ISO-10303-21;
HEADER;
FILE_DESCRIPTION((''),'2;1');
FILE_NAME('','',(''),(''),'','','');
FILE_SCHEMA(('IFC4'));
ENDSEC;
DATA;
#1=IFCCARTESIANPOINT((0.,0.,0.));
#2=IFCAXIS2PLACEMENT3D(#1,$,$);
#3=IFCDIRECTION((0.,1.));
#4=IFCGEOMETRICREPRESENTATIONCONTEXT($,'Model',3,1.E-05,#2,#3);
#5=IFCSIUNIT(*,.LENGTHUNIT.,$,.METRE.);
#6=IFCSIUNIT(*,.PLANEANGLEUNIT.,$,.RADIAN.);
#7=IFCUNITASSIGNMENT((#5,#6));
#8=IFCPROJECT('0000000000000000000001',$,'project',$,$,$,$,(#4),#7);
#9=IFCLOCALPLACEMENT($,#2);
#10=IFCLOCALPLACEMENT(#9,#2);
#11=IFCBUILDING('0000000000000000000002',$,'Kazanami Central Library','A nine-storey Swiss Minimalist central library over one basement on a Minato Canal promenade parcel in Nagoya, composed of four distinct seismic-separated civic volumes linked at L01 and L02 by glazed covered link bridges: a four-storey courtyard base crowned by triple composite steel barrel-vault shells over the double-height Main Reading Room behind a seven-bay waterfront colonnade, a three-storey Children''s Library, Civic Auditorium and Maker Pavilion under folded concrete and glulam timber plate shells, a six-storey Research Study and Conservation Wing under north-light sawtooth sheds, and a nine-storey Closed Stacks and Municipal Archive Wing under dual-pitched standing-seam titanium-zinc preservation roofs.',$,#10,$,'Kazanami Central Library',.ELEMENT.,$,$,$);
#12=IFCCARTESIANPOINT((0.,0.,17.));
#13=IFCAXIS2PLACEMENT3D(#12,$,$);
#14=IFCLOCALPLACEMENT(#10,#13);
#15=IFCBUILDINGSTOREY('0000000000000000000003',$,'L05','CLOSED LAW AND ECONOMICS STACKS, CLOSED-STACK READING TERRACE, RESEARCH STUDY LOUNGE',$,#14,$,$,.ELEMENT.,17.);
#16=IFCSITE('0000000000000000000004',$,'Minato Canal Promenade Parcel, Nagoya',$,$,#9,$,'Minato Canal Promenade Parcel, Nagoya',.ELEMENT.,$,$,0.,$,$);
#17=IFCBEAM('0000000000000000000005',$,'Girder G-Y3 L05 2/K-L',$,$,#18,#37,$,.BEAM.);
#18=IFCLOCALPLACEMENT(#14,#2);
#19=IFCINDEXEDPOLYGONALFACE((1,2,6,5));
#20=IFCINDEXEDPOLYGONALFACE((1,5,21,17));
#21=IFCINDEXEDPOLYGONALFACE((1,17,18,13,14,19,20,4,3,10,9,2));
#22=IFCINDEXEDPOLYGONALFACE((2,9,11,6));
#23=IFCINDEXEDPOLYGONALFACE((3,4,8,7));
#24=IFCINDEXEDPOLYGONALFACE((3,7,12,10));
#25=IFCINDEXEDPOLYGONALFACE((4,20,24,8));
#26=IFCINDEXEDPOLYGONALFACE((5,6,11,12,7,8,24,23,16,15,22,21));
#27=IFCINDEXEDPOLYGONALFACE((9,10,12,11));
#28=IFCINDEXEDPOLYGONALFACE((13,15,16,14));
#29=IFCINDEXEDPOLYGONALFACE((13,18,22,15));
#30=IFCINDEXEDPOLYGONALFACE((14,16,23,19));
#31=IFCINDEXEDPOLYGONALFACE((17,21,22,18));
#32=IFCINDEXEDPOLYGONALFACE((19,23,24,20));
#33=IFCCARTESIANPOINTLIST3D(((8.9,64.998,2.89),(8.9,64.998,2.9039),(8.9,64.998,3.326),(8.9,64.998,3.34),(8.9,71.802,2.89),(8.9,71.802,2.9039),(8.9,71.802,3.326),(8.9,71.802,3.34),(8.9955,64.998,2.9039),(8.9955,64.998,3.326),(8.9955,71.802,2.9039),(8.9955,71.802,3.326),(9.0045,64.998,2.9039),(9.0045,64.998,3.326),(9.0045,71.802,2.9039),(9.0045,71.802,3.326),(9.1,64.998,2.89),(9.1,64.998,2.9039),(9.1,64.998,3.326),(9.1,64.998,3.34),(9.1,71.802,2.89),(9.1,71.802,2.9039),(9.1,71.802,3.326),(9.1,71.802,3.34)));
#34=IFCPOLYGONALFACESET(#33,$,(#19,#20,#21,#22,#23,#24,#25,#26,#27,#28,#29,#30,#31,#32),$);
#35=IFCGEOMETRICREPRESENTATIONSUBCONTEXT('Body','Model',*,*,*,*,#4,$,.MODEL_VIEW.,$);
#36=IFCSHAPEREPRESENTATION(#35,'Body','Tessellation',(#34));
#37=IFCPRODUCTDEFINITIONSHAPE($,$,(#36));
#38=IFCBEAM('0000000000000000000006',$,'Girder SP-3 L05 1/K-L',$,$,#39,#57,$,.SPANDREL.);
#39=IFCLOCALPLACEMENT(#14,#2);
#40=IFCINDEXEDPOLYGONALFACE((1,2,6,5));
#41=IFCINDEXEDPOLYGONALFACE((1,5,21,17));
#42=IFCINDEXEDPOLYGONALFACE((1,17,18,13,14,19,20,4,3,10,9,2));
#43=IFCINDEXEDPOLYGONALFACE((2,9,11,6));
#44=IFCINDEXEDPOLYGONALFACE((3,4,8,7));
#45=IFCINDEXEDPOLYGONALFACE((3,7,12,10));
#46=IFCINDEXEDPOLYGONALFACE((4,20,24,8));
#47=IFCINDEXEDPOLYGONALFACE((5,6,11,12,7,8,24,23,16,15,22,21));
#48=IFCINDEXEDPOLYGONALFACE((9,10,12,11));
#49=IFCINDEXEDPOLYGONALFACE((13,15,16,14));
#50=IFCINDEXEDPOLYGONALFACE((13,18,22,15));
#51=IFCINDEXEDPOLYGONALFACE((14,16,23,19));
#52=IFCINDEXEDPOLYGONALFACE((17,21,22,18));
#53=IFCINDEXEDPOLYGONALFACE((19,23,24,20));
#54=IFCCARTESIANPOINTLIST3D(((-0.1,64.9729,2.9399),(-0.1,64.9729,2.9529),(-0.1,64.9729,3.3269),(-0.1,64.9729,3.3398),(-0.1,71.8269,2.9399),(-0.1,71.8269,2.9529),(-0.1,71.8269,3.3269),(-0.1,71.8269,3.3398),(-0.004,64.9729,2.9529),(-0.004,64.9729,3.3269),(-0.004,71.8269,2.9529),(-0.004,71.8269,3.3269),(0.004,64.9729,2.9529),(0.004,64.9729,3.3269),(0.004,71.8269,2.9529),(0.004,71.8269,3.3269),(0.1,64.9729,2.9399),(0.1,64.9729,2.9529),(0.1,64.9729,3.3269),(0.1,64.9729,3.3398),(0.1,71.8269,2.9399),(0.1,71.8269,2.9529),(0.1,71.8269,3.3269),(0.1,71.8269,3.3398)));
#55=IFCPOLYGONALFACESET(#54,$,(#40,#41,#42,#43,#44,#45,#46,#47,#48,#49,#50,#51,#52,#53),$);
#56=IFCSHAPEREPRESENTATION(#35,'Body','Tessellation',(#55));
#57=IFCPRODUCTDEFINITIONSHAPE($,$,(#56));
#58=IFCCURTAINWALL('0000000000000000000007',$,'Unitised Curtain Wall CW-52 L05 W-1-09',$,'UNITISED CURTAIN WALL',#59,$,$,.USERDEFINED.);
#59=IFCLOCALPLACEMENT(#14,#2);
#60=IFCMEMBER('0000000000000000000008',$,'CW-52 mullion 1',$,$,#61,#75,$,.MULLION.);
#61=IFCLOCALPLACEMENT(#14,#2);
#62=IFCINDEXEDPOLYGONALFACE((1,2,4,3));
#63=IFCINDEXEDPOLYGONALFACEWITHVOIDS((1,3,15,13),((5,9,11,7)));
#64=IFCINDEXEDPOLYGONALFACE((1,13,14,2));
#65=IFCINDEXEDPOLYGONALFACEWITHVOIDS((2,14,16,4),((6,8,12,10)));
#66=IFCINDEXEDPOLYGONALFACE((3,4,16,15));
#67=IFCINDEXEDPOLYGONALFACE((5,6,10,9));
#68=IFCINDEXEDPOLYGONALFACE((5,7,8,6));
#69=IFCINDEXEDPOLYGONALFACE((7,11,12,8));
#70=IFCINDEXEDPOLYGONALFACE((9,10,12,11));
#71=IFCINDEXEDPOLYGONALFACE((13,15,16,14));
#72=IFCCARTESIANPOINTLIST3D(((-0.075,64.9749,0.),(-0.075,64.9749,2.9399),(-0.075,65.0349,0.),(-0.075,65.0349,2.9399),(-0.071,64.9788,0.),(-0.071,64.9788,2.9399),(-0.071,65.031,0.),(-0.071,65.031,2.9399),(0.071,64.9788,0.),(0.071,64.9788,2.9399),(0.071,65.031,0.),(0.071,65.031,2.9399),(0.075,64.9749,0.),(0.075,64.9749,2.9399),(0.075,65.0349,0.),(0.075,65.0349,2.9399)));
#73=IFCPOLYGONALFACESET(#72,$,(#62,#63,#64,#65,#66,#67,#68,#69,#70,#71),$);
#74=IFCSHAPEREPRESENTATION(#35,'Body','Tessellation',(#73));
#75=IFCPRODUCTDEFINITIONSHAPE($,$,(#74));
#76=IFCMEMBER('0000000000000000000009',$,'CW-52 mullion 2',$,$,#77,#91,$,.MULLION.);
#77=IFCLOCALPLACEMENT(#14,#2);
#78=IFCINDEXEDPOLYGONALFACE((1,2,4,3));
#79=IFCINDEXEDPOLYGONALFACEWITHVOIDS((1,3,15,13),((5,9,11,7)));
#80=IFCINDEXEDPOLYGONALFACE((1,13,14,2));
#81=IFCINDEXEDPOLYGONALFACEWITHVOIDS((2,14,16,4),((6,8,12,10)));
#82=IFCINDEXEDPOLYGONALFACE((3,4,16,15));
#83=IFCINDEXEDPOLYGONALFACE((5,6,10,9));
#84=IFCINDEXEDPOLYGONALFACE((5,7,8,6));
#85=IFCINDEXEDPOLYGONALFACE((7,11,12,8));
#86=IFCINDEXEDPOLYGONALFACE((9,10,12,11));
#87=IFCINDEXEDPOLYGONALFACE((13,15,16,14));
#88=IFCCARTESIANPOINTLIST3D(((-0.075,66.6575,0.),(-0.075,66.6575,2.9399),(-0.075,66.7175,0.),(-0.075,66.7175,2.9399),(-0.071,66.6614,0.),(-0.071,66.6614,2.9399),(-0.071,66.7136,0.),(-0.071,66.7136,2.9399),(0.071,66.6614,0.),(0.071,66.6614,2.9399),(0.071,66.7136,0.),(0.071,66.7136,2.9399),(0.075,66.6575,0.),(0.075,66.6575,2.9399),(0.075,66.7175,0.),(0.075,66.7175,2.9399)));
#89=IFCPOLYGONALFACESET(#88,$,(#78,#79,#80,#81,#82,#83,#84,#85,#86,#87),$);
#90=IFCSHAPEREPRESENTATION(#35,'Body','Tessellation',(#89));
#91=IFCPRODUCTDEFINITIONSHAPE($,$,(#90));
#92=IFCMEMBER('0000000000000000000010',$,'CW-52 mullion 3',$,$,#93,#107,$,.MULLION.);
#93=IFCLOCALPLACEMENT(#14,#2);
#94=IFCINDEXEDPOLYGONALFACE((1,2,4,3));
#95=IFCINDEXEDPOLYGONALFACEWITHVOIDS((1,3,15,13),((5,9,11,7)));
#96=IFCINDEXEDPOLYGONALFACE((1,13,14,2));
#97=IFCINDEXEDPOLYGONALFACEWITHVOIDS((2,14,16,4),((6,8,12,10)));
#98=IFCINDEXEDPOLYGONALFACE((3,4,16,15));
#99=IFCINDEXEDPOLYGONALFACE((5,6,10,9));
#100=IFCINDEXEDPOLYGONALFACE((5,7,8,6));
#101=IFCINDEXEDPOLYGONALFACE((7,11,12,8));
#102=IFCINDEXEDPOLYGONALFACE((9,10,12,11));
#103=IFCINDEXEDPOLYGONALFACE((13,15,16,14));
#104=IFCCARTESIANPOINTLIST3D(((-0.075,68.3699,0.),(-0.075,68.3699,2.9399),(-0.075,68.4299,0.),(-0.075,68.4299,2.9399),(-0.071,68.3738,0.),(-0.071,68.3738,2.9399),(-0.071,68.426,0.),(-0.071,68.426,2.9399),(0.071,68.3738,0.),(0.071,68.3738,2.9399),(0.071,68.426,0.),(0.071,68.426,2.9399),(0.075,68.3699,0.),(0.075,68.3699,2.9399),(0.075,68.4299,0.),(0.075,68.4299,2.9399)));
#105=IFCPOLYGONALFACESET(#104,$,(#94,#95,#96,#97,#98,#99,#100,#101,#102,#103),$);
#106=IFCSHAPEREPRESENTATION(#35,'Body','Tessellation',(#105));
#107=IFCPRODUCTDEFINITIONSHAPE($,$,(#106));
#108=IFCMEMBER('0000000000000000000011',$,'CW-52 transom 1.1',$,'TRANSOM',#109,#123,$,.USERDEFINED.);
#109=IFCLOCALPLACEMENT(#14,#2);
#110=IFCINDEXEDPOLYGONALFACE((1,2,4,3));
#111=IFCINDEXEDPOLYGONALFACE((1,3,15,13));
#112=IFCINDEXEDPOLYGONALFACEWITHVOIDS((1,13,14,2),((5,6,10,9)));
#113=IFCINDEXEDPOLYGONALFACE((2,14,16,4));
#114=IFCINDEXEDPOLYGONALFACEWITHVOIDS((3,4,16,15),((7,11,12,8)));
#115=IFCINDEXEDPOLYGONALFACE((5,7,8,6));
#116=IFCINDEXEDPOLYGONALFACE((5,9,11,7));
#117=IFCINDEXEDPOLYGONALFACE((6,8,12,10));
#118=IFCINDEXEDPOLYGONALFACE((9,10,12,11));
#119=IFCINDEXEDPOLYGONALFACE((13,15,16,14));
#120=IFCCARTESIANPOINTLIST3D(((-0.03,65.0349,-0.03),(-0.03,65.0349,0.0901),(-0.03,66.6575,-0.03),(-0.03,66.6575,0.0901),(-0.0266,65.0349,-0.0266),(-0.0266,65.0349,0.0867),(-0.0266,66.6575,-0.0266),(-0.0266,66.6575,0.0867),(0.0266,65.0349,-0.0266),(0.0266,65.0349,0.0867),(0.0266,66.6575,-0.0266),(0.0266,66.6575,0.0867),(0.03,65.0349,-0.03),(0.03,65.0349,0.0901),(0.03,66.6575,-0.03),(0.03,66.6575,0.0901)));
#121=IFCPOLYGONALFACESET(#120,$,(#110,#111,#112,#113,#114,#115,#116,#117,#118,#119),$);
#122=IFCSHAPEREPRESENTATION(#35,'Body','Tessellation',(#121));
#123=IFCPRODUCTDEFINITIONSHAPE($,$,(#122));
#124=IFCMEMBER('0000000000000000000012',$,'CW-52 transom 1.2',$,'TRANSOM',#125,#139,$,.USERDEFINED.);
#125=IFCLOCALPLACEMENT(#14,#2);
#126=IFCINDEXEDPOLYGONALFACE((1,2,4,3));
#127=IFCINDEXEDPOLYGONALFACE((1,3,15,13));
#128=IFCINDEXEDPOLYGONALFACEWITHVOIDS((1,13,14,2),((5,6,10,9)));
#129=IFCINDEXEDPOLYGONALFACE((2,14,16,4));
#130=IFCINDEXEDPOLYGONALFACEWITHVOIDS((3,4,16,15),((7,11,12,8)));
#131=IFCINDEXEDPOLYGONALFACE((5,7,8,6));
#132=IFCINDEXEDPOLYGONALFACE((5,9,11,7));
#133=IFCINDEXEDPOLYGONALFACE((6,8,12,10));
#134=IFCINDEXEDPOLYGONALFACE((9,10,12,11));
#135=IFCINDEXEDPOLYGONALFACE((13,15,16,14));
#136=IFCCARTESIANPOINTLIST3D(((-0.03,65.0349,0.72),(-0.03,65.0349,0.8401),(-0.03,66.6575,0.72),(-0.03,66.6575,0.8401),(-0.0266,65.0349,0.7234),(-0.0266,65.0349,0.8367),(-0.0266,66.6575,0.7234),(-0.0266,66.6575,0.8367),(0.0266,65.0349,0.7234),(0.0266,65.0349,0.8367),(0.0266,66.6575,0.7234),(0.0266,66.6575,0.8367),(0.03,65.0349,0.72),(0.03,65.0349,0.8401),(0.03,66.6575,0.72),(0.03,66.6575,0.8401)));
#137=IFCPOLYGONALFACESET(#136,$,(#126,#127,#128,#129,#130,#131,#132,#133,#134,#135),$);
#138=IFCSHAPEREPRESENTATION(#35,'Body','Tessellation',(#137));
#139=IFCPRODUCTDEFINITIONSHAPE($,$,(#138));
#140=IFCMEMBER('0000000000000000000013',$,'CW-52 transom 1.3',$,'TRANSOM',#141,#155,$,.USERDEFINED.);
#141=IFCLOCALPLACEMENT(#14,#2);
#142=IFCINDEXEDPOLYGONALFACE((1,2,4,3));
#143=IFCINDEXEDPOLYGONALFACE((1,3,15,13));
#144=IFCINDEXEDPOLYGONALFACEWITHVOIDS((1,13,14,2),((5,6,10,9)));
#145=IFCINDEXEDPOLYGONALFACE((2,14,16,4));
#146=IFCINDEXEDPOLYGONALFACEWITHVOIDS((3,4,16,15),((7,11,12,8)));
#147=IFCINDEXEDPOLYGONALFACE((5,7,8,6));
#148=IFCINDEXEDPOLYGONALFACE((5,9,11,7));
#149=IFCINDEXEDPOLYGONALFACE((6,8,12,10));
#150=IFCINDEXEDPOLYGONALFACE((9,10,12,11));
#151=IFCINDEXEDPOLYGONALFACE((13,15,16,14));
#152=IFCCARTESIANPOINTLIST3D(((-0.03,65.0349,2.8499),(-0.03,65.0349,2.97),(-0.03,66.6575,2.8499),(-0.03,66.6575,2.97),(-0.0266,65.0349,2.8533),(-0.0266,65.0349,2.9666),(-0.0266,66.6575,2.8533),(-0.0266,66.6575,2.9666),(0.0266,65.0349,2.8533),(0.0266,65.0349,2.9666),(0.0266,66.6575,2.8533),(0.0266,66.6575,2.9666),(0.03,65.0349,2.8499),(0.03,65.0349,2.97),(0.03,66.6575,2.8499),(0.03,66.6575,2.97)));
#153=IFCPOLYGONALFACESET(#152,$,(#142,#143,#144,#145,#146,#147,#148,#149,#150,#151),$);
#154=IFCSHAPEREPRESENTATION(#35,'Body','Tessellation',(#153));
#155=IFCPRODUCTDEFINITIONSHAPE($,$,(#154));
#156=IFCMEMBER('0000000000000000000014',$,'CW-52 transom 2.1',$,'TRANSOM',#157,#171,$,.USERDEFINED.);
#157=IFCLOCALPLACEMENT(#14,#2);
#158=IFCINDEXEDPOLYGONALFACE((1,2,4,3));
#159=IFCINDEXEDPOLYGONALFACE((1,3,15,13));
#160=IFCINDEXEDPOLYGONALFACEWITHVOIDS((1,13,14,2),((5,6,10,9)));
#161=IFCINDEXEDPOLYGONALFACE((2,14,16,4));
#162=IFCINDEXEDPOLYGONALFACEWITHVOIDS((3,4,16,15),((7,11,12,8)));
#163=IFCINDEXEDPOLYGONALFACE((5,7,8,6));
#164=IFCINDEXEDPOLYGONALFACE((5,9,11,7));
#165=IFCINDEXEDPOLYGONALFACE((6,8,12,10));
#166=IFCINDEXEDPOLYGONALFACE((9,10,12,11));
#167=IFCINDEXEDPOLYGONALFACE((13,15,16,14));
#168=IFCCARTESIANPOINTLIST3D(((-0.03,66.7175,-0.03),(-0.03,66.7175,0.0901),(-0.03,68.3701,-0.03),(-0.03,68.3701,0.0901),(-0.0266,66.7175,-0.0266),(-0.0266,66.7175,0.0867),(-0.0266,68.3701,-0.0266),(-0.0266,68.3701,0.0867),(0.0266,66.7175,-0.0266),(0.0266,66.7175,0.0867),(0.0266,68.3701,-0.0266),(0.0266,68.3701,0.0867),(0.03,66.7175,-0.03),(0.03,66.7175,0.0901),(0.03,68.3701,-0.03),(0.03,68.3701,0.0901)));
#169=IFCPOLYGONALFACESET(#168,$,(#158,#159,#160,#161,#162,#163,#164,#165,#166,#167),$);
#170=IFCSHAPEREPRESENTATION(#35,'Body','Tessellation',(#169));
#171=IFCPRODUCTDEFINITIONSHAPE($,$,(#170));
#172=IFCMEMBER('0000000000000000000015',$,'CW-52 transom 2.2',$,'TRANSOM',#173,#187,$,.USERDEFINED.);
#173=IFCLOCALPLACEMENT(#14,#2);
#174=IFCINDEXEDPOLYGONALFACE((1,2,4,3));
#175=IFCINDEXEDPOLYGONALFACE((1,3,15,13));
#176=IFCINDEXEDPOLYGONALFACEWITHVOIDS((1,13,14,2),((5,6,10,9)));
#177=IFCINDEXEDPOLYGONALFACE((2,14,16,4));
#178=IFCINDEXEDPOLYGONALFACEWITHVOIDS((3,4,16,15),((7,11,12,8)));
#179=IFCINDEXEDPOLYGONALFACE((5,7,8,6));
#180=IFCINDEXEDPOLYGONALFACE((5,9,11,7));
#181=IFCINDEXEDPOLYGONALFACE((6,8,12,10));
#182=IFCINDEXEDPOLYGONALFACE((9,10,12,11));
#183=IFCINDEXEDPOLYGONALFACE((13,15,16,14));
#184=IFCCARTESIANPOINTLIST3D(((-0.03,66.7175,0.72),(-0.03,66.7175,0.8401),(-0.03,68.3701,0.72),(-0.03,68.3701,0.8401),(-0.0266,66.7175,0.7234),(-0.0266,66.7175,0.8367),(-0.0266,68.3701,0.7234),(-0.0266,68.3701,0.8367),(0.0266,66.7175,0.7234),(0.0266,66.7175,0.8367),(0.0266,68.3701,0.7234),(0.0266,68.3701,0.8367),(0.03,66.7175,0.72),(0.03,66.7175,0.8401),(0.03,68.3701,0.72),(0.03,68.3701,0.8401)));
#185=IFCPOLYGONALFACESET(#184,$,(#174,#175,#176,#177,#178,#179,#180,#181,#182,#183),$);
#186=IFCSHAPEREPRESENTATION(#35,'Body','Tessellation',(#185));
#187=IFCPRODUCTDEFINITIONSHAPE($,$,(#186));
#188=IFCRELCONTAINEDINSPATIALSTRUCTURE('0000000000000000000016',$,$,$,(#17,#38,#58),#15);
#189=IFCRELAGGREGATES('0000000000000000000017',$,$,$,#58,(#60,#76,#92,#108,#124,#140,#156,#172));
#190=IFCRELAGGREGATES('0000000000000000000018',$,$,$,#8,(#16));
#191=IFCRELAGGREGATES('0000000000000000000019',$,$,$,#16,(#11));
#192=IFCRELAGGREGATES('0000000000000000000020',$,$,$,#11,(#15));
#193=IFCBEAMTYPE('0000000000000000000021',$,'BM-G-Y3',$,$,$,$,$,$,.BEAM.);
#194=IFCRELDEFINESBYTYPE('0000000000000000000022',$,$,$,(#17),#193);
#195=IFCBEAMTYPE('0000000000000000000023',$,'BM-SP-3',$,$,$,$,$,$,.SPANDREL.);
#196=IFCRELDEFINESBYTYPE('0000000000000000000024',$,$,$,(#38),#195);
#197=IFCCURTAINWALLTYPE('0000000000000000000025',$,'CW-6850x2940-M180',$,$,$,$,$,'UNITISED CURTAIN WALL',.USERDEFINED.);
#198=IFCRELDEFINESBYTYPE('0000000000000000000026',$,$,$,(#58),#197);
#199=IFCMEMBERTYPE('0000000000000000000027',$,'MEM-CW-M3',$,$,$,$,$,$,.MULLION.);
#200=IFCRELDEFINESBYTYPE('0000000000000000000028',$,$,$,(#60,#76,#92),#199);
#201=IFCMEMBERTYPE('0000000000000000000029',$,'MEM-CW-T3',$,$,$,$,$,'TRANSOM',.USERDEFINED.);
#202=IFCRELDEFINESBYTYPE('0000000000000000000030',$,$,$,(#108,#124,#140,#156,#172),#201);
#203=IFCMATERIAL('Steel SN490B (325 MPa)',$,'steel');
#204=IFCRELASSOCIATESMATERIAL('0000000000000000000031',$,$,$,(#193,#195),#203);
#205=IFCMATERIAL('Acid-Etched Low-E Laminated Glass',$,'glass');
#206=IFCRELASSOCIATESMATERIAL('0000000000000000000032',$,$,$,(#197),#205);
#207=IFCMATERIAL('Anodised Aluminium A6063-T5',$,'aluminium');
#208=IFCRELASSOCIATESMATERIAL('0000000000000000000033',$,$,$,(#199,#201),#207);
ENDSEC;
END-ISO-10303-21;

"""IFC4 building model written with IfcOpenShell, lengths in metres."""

from ifc_helpers import new_model, si_unit, direction, frame, origin, origin_2d, place, context, subcontext, project, spatial, hollow_rectangle, i_section, extrude, material, material_profile, profile_set, type_object, element, aggregate, save


model = new_model("IFC4")

# Units and contexts
model_context = context("Model", 3, precision=1e-05, world=origin(), true_north=direction((0.0, 1.0)))
body_context = subcontext(model_context, "Body", "Model", "MODEL_VIEW")
ifc_project = project(units=[si_unit("LENGTHUNIT", "METRE"), si_unit("PLANEANGLEUNIT", "RADIAN")], contexts=[model_context])

# Site, building, storey
site_placement = place(None, origin())
site = spatial("IfcSite", under=ifc_project, at=site_placement, Name="Minato Canal Promenade Parcel, Nagoya", LongName="Minato Canal Promenade Parcel, Nagoya", CompositionType="ELEMENT", RefElevation=0.0)
building_placement = place(site_placement, origin())
building = spatial("IfcBuilding", under=site, at=building_placement, Name="Kazanami Central Library", Description="A nine-storey Swiss Minimalist central library over one basement on a Minato Canal promenade parcel in Nagoya, composed of four distinct seismic-separated civic volumes linked at L01 and L02 by glazed covered link bridges: a four-storey courtyard base crowned by triple composite steel barrel-vault shells over the double-height Main Reading Room behind a seven-bay waterfront colonnade, a three-storey Children's Library, Civic Auditorium and Maker Pavilion under folded concrete and glulam timber plate shells, a six-storey Research Study and Conservation Wing under north-light sawtooth sheds, and a nine-storey Closed Stacks and Municipal Archive Wing under dual-pitched standing-seam titanium-zinc preservation roofs.", LongName="Kazanami Central Library", CompositionType="ELEMENT")
storey_placement = place(building_placement, frame((0.0, 0.0, 17.0)))
storey = spatial("IfcBuildingStorey", under=building, at=storey_placement, Name="L05", Description="CLOSED LAW AND ECONOMICS STACKS, CLOSED-STACK READING TERRACE, RESEARCH STUDY LOUNGE", CompositionType="ELEMENT", Elevation=17.0)

# Beams
ifc_material_1 = material(Name="Steel SN490B (325 MPa)", Category="steel")
ifc_material_profile_1 = material_profile(ifc_material_1, i_section(OverallWidth=0.2, OverallDepth=0.45, WebThickness=0.009, FlangeThickness=0.0139, at=origin_2d()), Name="H-450x200x9x14")
ifc_profile_set_1 = profile_set([ifc_material_profile_1], Name="Steel SN490B (325 MPa)")
beam_type_1 = type_object("IfcBeamType", Name="BM-G-Y3", PredefinedType="BEAM", material=ifc_profile_set_1)
beam_1_placement = place(storey_placement, frame((9.0, 64.998, 3.115), z_axis=(0.0, 1.0, 0.0), x_axis=(-1.0, 0.0, 0.0)))
element("IfcBeam", 1, at=beam_1_placement, inside=storey, type_object=beam_type_1, Name="Girder G-Y3 L05 2/K-L", PredefinedType="BEAM", context=body_context, shape_type="SweptSolid", body=[
    extrude(i_section(OverallWidth=0.2, OverallDepth=0.45, WebThickness=0.009, FlangeThickness=0.0139, at=origin_2d()), origin(), (0.0, 0.0, 1.0), 6.804),
])
ifc_material_profile_2 = material_profile(ifc_material_1, i_section(OverallWidth=0.2, OverallDepth=0.3999, WebThickness=0.0081, FlangeThickness=0.0129, at=origin_2d()), Name="H-400x200x8x13")
ifc_profile_set_2 = profile_set([ifc_material_profile_2], Name="Steel SN490B (325 MPa)")
beam_type_2 = type_object("IfcBeamType", Name="BM-SP-3", PredefinedType="SPANDREL", material=ifc_profile_set_2)
beam_2_placement = place(storey_placement, frame((0.0, 64.9729, 3.1399), z_axis=(0.0, 1.0, 0.0), x_axis=(-1.0, 0.0, 0.0)))
element("IfcBeam", 2, at=beam_2_placement, inside=storey, type_object=beam_type_2, Name="Girder SP-3 L05 1/K-L", PredefinedType="SPANDREL", context=body_context, shape_type="SweptSolid", body=[
    extrude(i_section(OverallWidth=0.2, OverallDepth=0.3999, WebThickness=0.0081, FlangeThickness=0.0129, at=origin_2d()), origin(), (0.0, 0.0, 1.0), 6.854),
])

# Curtain wall, members
ifc_material_2 = material(Name="Acid-Etched Low-E Laminated Glass", Category="glass")
curtain_wall_type = type_object("IfcCurtainWallType", Name="CW-6850x2940-M180", ElementType="UNITISED CURTAIN WALL", PredefinedType="USERDEFINED", material=ifc_material_2)
curtain_wall_placement = place(storey_placement, origin())
curtain_wall = element("IfcCurtainWall", 3, at=curtain_wall_placement, inside=storey, type_object=curtain_wall_type, Name="Unitised Curtain Wall CW-52 L05 W-1-09", ObjectType="UNITISED CURTAIN WALL", PredefinedType="USERDEFINED")
ifc_material_3 = material(Name="Anodised Aluminium A6063-T5", Category="aluminium")
ifc_material_profile_3 = material_profile(ifc_material_3, hollow_rectangle(XDim=0.0601, YDim=0.1499, WallThickness=0.0039, at=origin_2d()), Name="ALU-MULL-60x150x4")
ifc_profile_set_3 = profile_set([ifc_material_profile_3], Name="Anodised Aluminium A6063-T5")
member_type_1 = type_object("IfcMemberType", Name="MEM-CW-M3", PredefinedType="MULLION", material=ifc_profile_set_3)
member_1_placement = place(storey_placement, frame((0.0, 65.0049, 0.0), z_axis=(0.0, 0.0, 1.0), x_axis=(0.0, 1.0, 0.0)))
member_1 = element("IfcMember", 4, at=member_1_placement, type_object=member_type_1, Name="CW-52 mullion 1", PredefinedType="MULLION", context=body_context, shape_type="SweptSolid", body=[
    extrude(hollow_rectangle(XDim=0.0601, YDim=0.1499, WallThickness=0.0039, at=origin_2d()), origin(), (0.0, 0.0, 1.0), 2.9399),
])
member_2_placement = place(storey_placement, frame((0.0, 66.6875, 0.0), z_axis=(0.0, 0.0, 1.0), x_axis=(0.0, 1.0, 0.0)))
member_2 = element("IfcMember", 5, at=member_2_placement, type_object=member_type_1, Name="CW-52 mullion 2", PredefinedType="MULLION", context=body_context, shape_type="SweptSolid", body=[
    extrude(hollow_rectangle(XDim=0.0601, YDim=0.1499, WallThickness=0.0039, at=origin_2d()), origin(), (0.0, 0.0, 1.0), 2.9399),
])
member_3_placement = place(storey_placement, frame((0.0, 68.3999, 0.0), z_axis=(0.0, 0.0, 1.0), x_axis=(0.0, 1.0, 0.0)))
member_3 = element("IfcMember", 6, at=member_3_placement, type_object=member_type_1, Name="CW-52 mullion 3", PredefinedType="MULLION", context=body_context, shape_type="SweptSolid", body=[
    extrude(hollow_rectangle(XDim=0.0601, YDim=0.1499, WallThickness=0.0039, at=origin_2d()), origin(), (0.0, 0.0, 1.0), 2.9399),
])
ifc_material_profile_4 = material_profile(ifc_material_3, hollow_rectangle(XDim=0.0601, YDim=0.1201, WallThickness=0.0034, at=origin_2d()), Name="ALU-TRAN-60x120x3.5")
ifc_profile_set_4 = profile_set([ifc_material_profile_4], Name="Anodised Aluminium A6063-T5")
member_type_2 = type_object("IfcMemberType", Name="MEM-CW-T3", ElementType="TRANSOM", PredefinedType="USERDEFINED", material=ifc_profile_set_4)
member_4_placement = place(storey_placement, frame((0.0, 65.0349, 0.03), z_axis=(0.0, 1.0, 0.0), x_axis=(-1.0, 0.0, 0.0)))
member_4 = element("IfcMember", 7, at=member_4_placement, type_object=member_type_2, Name="CW-52 transom 1.1", ObjectType="TRANSOM", PredefinedType="USERDEFINED", context=body_context, shape_type="SweptSolid", body=[
    extrude(hollow_rectangle(XDim=0.0601, YDim=0.1201, WallThickness=0.0034, at=origin_2d()), origin(), (0.0, 0.0, 1.0), 1.6226),
])
member_5_placement = place(storey_placement, frame((0.0, 65.0349, 0.78), z_axis=(0.0, 1.0, 0.0), x_axis=(-1.0, 0.0, 0.0)))
member_5 = element("IfcMember", 8, at=member_5_placement, type_object=member_type_2, Name="CW-52 transom 1.2", ObjectType="TRANSOM", PredefinedType="USERDEFINED", context=body_context, shape_type="SweptSolid", body=[
    extrude(hollow_rectangle(XDim=0.0601, YDim=0.1201, WallThickness=0.0034, at=origin_2d()), origin(), (0.0, 0.0, 1.0), 1.6226),
])
member_6_placement = place(storey_placement, frame((0.0, 65.0349, 2.9099), z_axis=(0.0, 1.0, 0.0), x_axis=(-1.0, 0.0, 0.0)))
member_6 = element("IfcMember", 9, at=member_6_placement, type_object=member_type_2, Name="CW-52 transom 1.3", ObjectType="TRANSOM", PredefinedType="USERDEFINED", context=body_context, shape_type="SweptSolid", body=[
    extrude(hollow_rectangle(XDim=0.0601, YDim=0.1201, WallThickness=0.0034, at=origin_2d()), origin(), (0.0, 0.0, 1.0), 1.6226),
])
member_7_placement = place(storey_placement, frame((0.0, 66.7175, 0.03), z_axis=(0.0, 1.0, 0.0), x_axis=(-1.0, 0.0, 0.0)))
member_7 = element("IfcMember", 10, at=member_7_placement, type_object=member_type_2, Name="CW-52 transom 2.1", ObjectType="TRANSOM", PredefinedType="USERDEFINED", context=body_context, shape_type="SweptSolid", body=[
    extrude(hollow_rectangle(XDim=0.0601, YDim=0.1201, WallThickness=0.0034, at=origin_2d()), origin(), (0.0, 0.0, 1.0), 1.6526),
])
member_8_placement = place(storey_placement, frame((0.0, 66.7175, 0.78), z_axis=(0.0, 1.0, 0.0), x_axis=(-1.0, 0.0, 0.0)))
member_8 = element("IfcMember", 11, at=member_8_placement, type_object=member_type_2, Name="CW-52 transom 2.2", ObjectType="TRANSOM", PredefinedType="USERDEFINED", context=body_context, shape_type="SweptSolid", body=[
    extrude(hollow_rectangle(XDim=0.0601, YDim=0.1201, WallThickness=0.0034, at=origin_2d()), origin(), (0.0, 0.0, 1.0), 1.6526),
])
aggregate(curtain_wall, [member_1, member_2, member_3, member_4, member_5, member_6, member_7, member_8])

save(model, "model.ifc")
